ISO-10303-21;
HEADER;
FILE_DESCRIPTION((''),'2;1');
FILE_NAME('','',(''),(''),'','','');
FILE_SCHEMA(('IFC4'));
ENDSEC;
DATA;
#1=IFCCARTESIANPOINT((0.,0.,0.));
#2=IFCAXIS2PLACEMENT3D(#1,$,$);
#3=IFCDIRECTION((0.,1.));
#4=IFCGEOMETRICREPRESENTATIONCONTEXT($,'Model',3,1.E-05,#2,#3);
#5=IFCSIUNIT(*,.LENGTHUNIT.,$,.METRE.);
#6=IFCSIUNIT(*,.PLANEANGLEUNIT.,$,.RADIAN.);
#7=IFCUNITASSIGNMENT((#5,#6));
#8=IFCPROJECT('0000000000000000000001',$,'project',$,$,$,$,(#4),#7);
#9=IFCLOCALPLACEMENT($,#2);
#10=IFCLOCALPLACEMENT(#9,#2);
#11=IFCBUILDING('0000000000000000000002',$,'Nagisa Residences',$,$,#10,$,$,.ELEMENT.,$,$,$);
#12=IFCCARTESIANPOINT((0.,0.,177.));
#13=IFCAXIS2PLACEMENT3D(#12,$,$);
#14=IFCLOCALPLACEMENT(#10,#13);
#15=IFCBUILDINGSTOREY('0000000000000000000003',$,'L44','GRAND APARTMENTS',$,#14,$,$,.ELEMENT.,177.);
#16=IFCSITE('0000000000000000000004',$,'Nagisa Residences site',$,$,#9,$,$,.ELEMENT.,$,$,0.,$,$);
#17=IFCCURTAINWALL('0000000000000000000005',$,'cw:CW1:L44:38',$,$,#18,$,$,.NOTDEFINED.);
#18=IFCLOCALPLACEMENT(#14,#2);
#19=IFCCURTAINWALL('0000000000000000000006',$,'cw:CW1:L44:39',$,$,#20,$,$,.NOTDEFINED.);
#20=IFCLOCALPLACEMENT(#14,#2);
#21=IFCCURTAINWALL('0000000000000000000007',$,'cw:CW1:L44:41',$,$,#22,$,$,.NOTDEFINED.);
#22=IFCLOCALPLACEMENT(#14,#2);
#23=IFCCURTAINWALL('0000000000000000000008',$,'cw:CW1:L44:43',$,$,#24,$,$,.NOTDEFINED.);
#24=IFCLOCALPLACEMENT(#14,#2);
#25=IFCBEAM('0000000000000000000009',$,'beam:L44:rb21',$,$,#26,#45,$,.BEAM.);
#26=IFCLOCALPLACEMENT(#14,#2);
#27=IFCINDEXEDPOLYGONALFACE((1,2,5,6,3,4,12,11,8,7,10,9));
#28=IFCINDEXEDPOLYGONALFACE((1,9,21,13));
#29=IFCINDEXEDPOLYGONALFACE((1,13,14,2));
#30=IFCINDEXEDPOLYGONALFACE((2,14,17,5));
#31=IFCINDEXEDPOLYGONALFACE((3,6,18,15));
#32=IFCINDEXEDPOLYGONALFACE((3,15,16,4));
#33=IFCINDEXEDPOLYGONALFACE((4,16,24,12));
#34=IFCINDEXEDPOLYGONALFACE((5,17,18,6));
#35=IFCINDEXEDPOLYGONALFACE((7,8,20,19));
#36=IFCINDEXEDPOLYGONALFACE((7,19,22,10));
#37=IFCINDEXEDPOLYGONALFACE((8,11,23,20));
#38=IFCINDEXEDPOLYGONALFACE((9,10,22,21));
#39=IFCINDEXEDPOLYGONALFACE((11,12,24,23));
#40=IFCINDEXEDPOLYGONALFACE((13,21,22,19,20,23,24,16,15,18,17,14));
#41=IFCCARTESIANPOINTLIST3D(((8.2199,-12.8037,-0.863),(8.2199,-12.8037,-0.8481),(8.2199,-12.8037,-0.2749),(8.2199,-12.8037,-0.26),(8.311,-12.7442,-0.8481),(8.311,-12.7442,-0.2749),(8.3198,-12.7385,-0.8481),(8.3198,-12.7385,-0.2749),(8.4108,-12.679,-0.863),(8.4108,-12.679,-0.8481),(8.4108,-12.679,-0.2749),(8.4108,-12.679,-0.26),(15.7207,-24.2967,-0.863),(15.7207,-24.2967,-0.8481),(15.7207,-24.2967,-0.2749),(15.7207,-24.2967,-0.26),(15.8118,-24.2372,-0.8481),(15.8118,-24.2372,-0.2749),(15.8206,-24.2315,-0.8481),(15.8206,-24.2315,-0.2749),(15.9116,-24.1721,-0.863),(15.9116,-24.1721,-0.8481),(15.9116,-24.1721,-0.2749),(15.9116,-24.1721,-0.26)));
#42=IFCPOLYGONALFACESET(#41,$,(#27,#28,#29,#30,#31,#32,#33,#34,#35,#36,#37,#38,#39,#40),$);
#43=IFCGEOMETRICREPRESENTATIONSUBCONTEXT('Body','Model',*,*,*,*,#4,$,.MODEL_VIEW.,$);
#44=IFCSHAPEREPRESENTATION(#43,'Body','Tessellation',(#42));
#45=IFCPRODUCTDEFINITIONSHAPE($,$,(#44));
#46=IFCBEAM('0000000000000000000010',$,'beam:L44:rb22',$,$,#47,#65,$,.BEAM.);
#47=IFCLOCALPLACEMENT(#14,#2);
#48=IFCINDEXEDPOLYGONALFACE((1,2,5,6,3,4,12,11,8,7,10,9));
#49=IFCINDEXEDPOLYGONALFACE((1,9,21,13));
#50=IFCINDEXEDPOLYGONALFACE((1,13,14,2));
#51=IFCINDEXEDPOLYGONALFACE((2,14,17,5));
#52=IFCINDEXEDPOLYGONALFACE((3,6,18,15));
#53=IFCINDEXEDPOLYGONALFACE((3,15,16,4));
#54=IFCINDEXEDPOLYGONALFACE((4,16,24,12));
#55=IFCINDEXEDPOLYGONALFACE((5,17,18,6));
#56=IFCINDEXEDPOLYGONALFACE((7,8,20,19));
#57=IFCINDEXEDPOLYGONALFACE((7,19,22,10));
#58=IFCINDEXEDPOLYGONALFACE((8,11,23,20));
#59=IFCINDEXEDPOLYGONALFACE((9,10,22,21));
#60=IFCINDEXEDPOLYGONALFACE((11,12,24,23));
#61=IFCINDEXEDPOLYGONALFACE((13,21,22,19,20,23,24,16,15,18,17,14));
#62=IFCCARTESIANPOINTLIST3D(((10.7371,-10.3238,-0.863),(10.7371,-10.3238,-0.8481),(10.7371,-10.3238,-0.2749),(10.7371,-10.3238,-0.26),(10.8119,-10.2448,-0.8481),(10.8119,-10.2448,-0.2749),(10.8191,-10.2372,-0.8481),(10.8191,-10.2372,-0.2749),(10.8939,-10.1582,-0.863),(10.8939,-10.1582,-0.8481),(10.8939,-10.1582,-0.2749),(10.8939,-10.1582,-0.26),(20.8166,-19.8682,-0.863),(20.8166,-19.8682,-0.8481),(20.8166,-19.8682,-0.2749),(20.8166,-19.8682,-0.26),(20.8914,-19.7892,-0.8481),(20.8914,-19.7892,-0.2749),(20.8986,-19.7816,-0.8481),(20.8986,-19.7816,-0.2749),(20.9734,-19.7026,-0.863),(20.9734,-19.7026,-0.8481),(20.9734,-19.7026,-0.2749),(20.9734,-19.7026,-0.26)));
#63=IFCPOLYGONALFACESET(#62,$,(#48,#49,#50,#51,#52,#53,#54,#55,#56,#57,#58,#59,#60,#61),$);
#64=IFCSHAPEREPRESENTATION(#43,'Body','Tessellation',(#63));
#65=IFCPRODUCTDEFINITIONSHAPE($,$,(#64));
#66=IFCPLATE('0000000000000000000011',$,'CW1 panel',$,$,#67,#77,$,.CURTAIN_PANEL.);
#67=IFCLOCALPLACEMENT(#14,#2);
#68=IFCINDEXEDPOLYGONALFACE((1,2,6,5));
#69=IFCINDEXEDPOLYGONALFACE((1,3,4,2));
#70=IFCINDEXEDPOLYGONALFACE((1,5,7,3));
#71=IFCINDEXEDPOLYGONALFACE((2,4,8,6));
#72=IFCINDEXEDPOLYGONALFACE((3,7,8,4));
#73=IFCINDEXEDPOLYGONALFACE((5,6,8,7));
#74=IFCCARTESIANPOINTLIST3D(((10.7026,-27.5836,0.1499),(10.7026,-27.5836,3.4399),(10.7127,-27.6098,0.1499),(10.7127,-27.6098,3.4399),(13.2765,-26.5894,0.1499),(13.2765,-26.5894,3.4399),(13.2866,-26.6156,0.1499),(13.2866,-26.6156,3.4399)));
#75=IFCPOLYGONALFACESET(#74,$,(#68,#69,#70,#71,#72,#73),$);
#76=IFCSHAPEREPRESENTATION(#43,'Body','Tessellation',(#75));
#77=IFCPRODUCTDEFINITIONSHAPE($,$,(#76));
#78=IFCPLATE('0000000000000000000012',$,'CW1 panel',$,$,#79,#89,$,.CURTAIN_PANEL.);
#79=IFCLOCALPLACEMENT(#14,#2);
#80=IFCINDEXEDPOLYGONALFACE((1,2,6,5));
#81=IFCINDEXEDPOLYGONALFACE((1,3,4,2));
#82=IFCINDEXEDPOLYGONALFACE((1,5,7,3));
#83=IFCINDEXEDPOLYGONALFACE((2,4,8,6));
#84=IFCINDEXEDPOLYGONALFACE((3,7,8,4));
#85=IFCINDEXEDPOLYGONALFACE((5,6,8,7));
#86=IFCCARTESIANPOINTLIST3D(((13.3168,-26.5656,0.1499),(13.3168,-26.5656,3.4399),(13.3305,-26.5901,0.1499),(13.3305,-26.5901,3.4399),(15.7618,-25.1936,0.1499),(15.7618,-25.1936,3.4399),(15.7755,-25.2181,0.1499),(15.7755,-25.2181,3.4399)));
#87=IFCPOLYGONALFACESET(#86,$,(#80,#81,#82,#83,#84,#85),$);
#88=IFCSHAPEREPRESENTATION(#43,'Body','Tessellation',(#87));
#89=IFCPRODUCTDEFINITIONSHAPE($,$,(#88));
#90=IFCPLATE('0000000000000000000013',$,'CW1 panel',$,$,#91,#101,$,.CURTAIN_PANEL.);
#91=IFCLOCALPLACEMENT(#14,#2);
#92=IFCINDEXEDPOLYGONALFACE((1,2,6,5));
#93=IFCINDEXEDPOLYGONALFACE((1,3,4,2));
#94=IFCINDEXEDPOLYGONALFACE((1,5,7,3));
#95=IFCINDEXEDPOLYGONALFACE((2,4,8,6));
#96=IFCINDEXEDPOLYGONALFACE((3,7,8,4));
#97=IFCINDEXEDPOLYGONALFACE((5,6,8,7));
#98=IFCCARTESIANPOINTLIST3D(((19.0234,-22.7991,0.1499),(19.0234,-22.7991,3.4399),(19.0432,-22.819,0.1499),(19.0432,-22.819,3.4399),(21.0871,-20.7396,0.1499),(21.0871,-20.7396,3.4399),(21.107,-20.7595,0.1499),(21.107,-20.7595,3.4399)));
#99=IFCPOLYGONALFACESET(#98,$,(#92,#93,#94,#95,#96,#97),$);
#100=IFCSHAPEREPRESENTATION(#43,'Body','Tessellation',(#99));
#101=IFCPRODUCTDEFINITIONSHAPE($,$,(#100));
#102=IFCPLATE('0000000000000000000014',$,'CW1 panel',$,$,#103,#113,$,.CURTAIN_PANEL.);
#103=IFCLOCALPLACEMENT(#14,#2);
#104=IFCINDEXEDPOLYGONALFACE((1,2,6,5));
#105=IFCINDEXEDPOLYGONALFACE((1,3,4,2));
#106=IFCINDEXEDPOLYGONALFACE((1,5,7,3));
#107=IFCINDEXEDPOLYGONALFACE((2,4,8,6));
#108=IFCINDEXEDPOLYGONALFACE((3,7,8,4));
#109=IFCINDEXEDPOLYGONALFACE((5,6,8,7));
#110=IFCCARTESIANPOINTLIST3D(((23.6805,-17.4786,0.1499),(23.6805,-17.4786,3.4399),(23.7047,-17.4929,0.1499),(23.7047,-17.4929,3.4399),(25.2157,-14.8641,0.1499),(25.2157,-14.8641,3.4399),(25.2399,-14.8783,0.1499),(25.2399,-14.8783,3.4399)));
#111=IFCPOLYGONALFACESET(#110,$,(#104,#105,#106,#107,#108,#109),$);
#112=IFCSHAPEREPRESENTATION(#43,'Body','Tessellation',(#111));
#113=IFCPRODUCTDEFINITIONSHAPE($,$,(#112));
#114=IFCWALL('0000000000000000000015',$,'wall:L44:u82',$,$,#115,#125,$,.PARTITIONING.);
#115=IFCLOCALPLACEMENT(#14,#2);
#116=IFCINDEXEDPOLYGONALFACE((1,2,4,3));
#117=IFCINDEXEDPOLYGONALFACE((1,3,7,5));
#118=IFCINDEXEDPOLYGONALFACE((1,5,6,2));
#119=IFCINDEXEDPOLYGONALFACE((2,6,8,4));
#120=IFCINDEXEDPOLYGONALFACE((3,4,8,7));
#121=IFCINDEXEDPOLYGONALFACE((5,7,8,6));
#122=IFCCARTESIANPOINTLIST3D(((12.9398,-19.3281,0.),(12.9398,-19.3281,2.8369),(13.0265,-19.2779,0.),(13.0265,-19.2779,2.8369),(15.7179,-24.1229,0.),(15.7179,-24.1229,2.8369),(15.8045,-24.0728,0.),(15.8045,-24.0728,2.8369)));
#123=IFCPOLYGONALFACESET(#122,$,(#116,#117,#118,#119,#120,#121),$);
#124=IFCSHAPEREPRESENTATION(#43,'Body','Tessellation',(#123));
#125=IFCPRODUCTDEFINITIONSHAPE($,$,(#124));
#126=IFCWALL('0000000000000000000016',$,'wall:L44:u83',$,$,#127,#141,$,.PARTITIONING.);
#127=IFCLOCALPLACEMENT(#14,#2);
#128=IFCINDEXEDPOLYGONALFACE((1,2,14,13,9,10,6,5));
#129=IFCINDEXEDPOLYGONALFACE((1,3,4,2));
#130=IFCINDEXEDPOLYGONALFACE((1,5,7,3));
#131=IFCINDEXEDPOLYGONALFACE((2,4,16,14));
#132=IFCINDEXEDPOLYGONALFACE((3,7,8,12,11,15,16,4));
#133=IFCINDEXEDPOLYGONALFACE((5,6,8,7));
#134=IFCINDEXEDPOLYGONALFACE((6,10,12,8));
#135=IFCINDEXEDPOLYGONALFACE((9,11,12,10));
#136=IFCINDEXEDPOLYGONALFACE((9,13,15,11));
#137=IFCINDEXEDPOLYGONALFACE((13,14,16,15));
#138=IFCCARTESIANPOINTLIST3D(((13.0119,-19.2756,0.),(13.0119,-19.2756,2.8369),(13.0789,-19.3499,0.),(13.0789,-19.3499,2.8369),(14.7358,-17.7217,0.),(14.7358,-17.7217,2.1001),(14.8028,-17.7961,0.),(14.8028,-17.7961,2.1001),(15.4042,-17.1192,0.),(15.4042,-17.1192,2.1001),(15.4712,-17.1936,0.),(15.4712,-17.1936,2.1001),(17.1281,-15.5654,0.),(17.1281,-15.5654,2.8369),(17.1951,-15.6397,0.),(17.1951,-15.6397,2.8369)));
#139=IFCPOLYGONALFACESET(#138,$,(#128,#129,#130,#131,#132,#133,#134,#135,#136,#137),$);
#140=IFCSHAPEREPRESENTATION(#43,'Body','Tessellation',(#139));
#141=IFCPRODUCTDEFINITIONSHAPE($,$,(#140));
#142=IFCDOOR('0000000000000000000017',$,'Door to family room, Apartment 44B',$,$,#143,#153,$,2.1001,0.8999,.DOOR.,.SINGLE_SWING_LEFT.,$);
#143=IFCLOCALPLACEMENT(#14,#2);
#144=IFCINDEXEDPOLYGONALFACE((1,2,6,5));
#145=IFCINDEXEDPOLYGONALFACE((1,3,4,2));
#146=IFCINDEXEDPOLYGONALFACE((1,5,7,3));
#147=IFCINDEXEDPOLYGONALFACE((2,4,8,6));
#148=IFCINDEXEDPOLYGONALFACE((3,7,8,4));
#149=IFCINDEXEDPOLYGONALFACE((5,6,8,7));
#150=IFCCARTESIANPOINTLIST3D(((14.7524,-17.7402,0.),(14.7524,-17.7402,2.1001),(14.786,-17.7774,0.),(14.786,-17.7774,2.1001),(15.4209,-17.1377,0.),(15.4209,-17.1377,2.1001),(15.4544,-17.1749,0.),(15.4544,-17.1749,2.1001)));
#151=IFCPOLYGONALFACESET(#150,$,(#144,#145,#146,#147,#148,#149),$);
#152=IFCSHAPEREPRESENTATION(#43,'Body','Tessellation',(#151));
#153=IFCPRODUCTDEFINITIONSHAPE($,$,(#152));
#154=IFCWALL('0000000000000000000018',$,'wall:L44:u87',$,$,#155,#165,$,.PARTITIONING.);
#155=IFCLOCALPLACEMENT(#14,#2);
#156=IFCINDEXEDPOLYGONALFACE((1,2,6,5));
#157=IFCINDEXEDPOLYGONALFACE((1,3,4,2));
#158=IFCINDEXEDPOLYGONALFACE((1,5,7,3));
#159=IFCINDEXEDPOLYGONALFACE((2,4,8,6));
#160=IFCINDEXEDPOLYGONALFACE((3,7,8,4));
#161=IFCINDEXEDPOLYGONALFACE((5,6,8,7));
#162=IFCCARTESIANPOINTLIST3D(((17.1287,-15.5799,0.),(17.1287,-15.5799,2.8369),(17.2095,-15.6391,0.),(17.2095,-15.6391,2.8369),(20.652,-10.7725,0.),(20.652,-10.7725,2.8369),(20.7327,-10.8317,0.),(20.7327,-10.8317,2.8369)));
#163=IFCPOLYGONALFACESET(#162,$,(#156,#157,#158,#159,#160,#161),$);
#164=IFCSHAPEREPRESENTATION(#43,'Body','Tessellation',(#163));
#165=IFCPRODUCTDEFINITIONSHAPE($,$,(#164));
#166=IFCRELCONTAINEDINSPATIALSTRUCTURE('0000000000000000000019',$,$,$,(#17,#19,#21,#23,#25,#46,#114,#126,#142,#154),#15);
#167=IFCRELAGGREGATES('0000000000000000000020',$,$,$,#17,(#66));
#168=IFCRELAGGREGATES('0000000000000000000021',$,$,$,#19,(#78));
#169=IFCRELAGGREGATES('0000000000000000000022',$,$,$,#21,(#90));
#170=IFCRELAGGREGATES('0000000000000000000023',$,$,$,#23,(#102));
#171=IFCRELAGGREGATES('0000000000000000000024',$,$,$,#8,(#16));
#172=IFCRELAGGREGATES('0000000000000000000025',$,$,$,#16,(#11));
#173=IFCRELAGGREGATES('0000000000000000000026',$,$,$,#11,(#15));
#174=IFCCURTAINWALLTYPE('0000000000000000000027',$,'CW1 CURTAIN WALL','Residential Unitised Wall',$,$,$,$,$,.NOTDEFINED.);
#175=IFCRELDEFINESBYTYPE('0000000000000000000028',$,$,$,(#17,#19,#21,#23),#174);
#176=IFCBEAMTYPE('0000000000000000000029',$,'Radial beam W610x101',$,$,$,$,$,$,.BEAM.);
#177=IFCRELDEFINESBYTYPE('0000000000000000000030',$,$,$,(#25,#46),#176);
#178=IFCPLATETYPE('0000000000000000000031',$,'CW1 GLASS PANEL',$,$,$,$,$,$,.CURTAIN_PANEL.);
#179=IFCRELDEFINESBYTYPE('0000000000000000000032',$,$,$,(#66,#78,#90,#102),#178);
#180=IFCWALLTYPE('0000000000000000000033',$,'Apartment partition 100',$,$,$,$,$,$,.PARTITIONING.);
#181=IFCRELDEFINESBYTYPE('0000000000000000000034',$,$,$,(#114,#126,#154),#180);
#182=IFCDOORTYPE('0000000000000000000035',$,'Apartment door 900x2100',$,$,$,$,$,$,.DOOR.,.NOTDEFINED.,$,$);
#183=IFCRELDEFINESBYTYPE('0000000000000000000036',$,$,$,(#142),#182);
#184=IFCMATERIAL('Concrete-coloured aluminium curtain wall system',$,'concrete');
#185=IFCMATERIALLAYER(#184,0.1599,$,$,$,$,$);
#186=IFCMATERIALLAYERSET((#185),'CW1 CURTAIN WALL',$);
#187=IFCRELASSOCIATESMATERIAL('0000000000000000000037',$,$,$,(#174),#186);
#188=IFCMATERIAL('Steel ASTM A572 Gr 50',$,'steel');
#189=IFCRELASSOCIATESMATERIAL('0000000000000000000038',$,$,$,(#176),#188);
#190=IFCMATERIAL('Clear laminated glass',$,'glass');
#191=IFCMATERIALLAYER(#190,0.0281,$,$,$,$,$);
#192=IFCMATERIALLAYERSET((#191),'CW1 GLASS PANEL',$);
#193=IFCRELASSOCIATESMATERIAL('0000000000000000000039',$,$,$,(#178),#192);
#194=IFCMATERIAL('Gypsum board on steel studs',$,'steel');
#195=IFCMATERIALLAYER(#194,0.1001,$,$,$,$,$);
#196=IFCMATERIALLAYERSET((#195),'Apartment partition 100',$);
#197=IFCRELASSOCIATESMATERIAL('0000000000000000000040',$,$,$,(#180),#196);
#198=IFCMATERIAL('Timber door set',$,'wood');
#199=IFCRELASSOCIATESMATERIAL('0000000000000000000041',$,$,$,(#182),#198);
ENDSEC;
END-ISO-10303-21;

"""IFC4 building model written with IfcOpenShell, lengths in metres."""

from ifc_helpers import new_model, si_unit, direction, frame, frame_2d, origin, origin_2d, place, context, subcontext, project, spatial, rectangle, i_section, extrude, material, layer, layer_set, material_profile, profile_set, type_object, element, fill, aggregate, save


model = new_model("IFC4")

# Units and contexts
model_context = context("Model", 3, precision=1e-05, world=origin(), true_north=direction((0.0, 1.0)))
body_context = subcontext(model_context, "Body", "Model", "MODEL_VIEW")
ifc_project = project(units=[si_unit("LENGTHUNIT", "METRE"), si_unit("PLANEANGLEUNIT", "RADIAN")], contexts=[model_context])

# Site, building, storey
site_placement = place(None, origin())
site = spatial("IfcSite", under=ifc_project, at=site_placement, Name="Nagisa Residences site", CompositionType="ELEMENT", RefElevation=0.0)
building_placement = place(site_placement, origin())
building = spatial("IfcBuilding", under=site, at=building_placement, Name="Nagisa Residences", CompositionType="ELEMENT")
storey_placement = place(building_placement, frame((0.0, 0.0, 177.0)))
storey = spatial("IfcBuildingStorey", under=building, at=storey_placement, Name="L44", Description="GRAND APARTMENTS", CompositionType="ELEMENT", Elevation=177.0)

# Curtain walls
ifc_material_1 = material(Name="Concrete-coloured aluminium curtain wall system", Category="concrete")
ifc_layer_1 = layer(ifc_material_1, 0.1599)
ifc_layer_set_1 = layer_set([ifc_layer_1], Name="CW1 CURTAIN WALL")
curtain_wall_type = type_object("IfcCurtainWallType", Name="CW1 CURTAIN WALL", Description="Residential Unitised Wall", PredefinedType="NOTDEFINED", material=ifc_layer_set_1)
curtain_wall_1_placement = place(storey_placement, origin())
curtain_wall_1 = element("IfcCurtainWall", 1, at=curtain_wall_1_placement, inside=storey, type_object=curtain_wall_type, Name="cw:CW1:L44:38", PredefinedType="NOTDEFINED")
curtain_wall_2_placement = place(storey_placement, origin())
curtain_wall_2 = element("IfcCurtainWall", 2, at=curtain_wall_2_placement, inside=storey, type_object=curtain_wall_type, Name="cw:CW1:L44:39", PredefinedType="NOTDEFINED")
curtain_wall_3_placement = place(storey_placement, origin())
curtain_wall_3 = element("IfcCurtainWall", 3, at=curtain_wall_3_placement, inside=storey, type_object=curtain_wall_type, Name="cw:CW1:L44:41", PredefinedType="NOTDEFINED")
curtain_wall_4_placement = place(storey_placement, origin())
curtain_wall_4 = element("IfcCurtainWall", 4, at=curtain_wall_4_placement, inside=storey, type_object=curtain_wall_type, Name="cw:CW1:L44:43", PredefinedType="NOTDEFINED")

# Beams
ifc_material_2 = material(Name="Steel ASTM A572 Gr 50", Category="steel")
ifc_material_profile_1 = material_profile(ifc_material_2, i_section(OverallWidth=0.228, OverallDepth=0.603, WebThickness=0.0105, FlangeThickness=0.0149, at=origin_2d()), Name="W610x101")
ifc_profile_set_1 = profile_set([ifc_material_profile_1], Name="Steel ASTM A572 Gr 50")
beam_type_1 = type_object("IfcBeamType", Name="Radial beam W610x101", PredefinedType="BEAM", material=ifc_profile_set_1)
beam_1_placement = place(storey_placement, frame((15.8162, -24.2344, -0.5615), z_axis=(-0.546541, 0.837432, 0.0), x_axis=(-0.837432, -0.546541, 0.0)))
element("IfcBeam", 5, at=beam_1_placement, inside=storey, type_object=beam_type_1, Name="beam:L44:rb21", PredefinedType="BEAM", context=body_context, shape_type="SweptSolid", body=[
    extrude(i_section(OverallWidth=0.228, OverallDepth=0.603, WebThickness=0.0105, FlangeThickness=0.0149, at=origin_2d()), origin(), (0.0, 0.0, 1.0), 13.7241),
])
beam_2_placement = place(storey_placement, frame((20.895, -19.7854, -0.5615), z_axis=(-0.72612, 0.687568, 0.0), x_axis=(-0.687568, -0.72612, 0.0)))
element("IfcBeam", 6, at=beam_2_placement, inside=storey, type_object=beam_type_1, Name="beam:L44:rb22", PredefinedType="BEAM", context=body_context, shape_type="SweptSolid", body=[
    extrude(i_section(OverallWidth=0.228, OverallDepth=0.603, WebThickness=0.0105, FlangeThickness=0.0149, at=origin_2d()), origin(), (0.0, 0.0, 1.0), 13.8813),
])

# Plates
ifc_material_3 = material(Name="Clear laminated glass", Category="glass")
ifc_layer_2 = layer(ifc_material_3, 0.0281)
ifc_layer_set_2 = layer_set([ifc_layer_2], Name="CW1 GLASS PANEL")
plate_type = type_object("IfcPlateType", Name="CW1 GLASS PANEL", PredefinedType="CURTAIN_PANEL", material=ifc_layer_set_2)
plate_1_placement = place(storey_placement, frame((11.9946, -27.0996, 0.1499), z_axis=(0.0, 0.0, 1.0), x_axis=(0.932826, 0.360328, 0.0)))
plate_1 = element("IfcPlate", 7, at=plate_1_placement, type_object=plate_type, Name="CW1 panel", PredefinedType="CURTAIN_PANEL", context=body_context, shape_type="SweptSolid", body=[
    extrude(rectangle(XDim=2.7593, YDim=0.0281, at=origin_2d()), origin(), (0.0, 0.0, 1.0), 3.29),
])
aggregate(curtain_wall_1, [plate_1])
plate_2_placement = place(storey_placement, frame((14.5461, -25.8918, 0.1499), z_axis=(0.0, 0.0, 1.0), x_axis=(0.872072, 0.489377, 0.0)))
plate_2 = element("IfcPlate", 8, at=plate_2_placement, type_object=plate_type, Name="CW1 panel", PredefinedType="CURTAIN_PANEL", context=body_context, shape_type="SweptSolid", body=[
    extrude(rectangle(XDim=2.8037, YDim=0.0281, at=origin_2d()), origin(), (0.0, 0.0, 1.0), 3.29),
])
aggregate(curtain_wall_2, [plate_2])
plate_3_placement = place(storey_placement, frame((20.0652, -21.7793, 0.1499), z_axis=(0.0, 0.0, 1.0), x_axis=(0.707836, 0.706377, 0.0)))
plate_3 = element("IfcPlate", 9, at=plate_3_placement, type_object=plate_type, Name="CW1 panel", PredefinedType="CURTAIN_PANEL", context=body_context, shape_type="SweptSolid", body=[
    extrude(rectangle(XDim=2.9155, YDim=0.0281, at=origin_2d()), origin(), (0.0, 0.0, 1.0), 3.29),
])
aggregate(curtain_wall_3, [plate_3])
plate_4_placement = place(storey_placement, frame((24.4602, -16.1785, 0.1499), z_axis=(0.0, 0.0, 1.0), x_axis=(0.506349, 0.862329, 0.0)))
plate_4 = element("IfcPlate", 10, at=plate_4_placement, type_object=plate_type, Name="CW1 panel", PredefinedType="CURTAIN_PANEL", context=body_context, shape_type="SweptSolid", body=[
    extrude(rectangle(XDim=3.032, YDim=0.0281, at=origin_2d()), origin(), (0.0, 0.0, 1.0), 3.29),
])
aggregate(curtain_wall_4, [plate_4])

# Wall
ifc_material_4 = material(Name="Gypsum board on steel studs", Category="steel")
ifc_layer_3 = layer(ifc_material_4, 0.1001)
ifc_layer_set_3 = layer_set([ifc_layer_3], Name="Apartment partition 100")
wall_type_1 = type_object("IfcWallType", Name="Apartment partition 100", PredefinedType="PARTITIONING", material=ifc_layer_set_3)
wall_1_placement = place(storey_placement, frame((12.9832, -19.303, 0.0), z_axis=(0.0, 0.0, 1.0), x_axis=(0.501316, -0.865264, 0.0)))
element("IfcWall", 11, at=wall_1_placement, inside=storey, type_object=wall_type_1, Name="wall:L44:u82", PredefinedType="PARTITIONING", context=body_context, shape_type="SweptSolid", body=[
    extrude(rectangle(XDim=5.5415, YDim=0.1001, at=frame_2d((2.7708, 0.0))), origin(), (0.0, 0.0, 1.0), 2.8369),
])

# Wall, opening, door
wall_2_placement = place(storey_placement, frame((13.0454, -19.3127, 0.0), z_axis=(0.0, 0.0, 1.0), x_axis=(0.74279, 0.669524, 0.0)))
wall_2 = element("IfcWall", 12, at=wall_2_placement, inside=storey, type_object=wall_type_1, Name="wall:L44:u83", PredefinedType="PARTITIONING", context=body_context, shape_type="SweptSolid", body=[
    extrude(rectangle(XDim=5.5415, YDim=0.1001, at=frame_2d((2.7708, 0.0))), origin(), (0.0, 0.0, 1.0), 2.8369),
])
opening_1_placement = place(wall_2_placement, frame((2.3208, 0.0, 0.0)))
opening_1 = element("IfcOpeningElement", 13, at=opening_1_placement, cuts=wall_2, PredefinedType="OPENING", context=body_context, shape_type="SweptSolid", body=[
    extrude(rectangle(XDim=0.8999, YDim=2.1001, at=frame_2d((0.45, 1.05))), frame((0.0, 0.0601, 0.0), z_axis=(0.0, -1.0, 0.0), x_axis=(1.0, 0.0, 0.0)), (0.0, 0.0, 1.0), 0.1201),
])
ifc_material_5 = material(Name="Timber door set", Category="wood")
door_type_1 = type_object("IfcDoorType", Name="Apartment door 900x2100", OperationType="NOTDEFINED", PredefinedType="DOOR", material=ifc_material_5)
door_1_placement = place(opening_1_placement, frame((0.8999, 0.0, 0.0), x_axis=(-1.0, 0.0, 0.0)))
door_1 = element("IfcDoor", 14, at=door_1_placement, inside=storey, type_object=door_type_1, Name="Door to family room, Apartment 44B", OperationType="SINGLE_SWING_LEFT", OverallHeight=2.1001, OverallWidth=0.8999, PredefinedType="DOOR", context=body_context, shape_type="SweptSolid", body=[
    extrude(rectangle(XDim=0.8999, YDim=2.1001, at=frame_2d((0.45, 1.05))), frame((0.0, 0.0249, 0.0), z_axis=(0.0, -1.0, 0.0), x_axis=(1.0, 0.0, 0.0)), (0.0, 0.0, 1.0), 0.05),
])
fill(opening_1, door_1)

# Wall
wall_3_placement = place(storey_placement, frame((17.1692, -15.6094, 0.0), z_axis=(0.0, 0.0, 1.0), x_axis=(0.591122, 0.806582, 0.0)))
element("IfcWall", 15, at=wall_3_placement, inside=storey, type_object=wall_type_1, Name="wall:L44:u87", PredefinedType="PARTITIONING", context=body_context, shape_type="SweptSolid", body=[
    extrude(rectangle(XDim=5.9602, YDim=0.1001, at=frame_2d((2.98, 0.0))), origin(), (0.0, 0.0, 1.0), 2.8369),
])

save(model, "model.ifc")
